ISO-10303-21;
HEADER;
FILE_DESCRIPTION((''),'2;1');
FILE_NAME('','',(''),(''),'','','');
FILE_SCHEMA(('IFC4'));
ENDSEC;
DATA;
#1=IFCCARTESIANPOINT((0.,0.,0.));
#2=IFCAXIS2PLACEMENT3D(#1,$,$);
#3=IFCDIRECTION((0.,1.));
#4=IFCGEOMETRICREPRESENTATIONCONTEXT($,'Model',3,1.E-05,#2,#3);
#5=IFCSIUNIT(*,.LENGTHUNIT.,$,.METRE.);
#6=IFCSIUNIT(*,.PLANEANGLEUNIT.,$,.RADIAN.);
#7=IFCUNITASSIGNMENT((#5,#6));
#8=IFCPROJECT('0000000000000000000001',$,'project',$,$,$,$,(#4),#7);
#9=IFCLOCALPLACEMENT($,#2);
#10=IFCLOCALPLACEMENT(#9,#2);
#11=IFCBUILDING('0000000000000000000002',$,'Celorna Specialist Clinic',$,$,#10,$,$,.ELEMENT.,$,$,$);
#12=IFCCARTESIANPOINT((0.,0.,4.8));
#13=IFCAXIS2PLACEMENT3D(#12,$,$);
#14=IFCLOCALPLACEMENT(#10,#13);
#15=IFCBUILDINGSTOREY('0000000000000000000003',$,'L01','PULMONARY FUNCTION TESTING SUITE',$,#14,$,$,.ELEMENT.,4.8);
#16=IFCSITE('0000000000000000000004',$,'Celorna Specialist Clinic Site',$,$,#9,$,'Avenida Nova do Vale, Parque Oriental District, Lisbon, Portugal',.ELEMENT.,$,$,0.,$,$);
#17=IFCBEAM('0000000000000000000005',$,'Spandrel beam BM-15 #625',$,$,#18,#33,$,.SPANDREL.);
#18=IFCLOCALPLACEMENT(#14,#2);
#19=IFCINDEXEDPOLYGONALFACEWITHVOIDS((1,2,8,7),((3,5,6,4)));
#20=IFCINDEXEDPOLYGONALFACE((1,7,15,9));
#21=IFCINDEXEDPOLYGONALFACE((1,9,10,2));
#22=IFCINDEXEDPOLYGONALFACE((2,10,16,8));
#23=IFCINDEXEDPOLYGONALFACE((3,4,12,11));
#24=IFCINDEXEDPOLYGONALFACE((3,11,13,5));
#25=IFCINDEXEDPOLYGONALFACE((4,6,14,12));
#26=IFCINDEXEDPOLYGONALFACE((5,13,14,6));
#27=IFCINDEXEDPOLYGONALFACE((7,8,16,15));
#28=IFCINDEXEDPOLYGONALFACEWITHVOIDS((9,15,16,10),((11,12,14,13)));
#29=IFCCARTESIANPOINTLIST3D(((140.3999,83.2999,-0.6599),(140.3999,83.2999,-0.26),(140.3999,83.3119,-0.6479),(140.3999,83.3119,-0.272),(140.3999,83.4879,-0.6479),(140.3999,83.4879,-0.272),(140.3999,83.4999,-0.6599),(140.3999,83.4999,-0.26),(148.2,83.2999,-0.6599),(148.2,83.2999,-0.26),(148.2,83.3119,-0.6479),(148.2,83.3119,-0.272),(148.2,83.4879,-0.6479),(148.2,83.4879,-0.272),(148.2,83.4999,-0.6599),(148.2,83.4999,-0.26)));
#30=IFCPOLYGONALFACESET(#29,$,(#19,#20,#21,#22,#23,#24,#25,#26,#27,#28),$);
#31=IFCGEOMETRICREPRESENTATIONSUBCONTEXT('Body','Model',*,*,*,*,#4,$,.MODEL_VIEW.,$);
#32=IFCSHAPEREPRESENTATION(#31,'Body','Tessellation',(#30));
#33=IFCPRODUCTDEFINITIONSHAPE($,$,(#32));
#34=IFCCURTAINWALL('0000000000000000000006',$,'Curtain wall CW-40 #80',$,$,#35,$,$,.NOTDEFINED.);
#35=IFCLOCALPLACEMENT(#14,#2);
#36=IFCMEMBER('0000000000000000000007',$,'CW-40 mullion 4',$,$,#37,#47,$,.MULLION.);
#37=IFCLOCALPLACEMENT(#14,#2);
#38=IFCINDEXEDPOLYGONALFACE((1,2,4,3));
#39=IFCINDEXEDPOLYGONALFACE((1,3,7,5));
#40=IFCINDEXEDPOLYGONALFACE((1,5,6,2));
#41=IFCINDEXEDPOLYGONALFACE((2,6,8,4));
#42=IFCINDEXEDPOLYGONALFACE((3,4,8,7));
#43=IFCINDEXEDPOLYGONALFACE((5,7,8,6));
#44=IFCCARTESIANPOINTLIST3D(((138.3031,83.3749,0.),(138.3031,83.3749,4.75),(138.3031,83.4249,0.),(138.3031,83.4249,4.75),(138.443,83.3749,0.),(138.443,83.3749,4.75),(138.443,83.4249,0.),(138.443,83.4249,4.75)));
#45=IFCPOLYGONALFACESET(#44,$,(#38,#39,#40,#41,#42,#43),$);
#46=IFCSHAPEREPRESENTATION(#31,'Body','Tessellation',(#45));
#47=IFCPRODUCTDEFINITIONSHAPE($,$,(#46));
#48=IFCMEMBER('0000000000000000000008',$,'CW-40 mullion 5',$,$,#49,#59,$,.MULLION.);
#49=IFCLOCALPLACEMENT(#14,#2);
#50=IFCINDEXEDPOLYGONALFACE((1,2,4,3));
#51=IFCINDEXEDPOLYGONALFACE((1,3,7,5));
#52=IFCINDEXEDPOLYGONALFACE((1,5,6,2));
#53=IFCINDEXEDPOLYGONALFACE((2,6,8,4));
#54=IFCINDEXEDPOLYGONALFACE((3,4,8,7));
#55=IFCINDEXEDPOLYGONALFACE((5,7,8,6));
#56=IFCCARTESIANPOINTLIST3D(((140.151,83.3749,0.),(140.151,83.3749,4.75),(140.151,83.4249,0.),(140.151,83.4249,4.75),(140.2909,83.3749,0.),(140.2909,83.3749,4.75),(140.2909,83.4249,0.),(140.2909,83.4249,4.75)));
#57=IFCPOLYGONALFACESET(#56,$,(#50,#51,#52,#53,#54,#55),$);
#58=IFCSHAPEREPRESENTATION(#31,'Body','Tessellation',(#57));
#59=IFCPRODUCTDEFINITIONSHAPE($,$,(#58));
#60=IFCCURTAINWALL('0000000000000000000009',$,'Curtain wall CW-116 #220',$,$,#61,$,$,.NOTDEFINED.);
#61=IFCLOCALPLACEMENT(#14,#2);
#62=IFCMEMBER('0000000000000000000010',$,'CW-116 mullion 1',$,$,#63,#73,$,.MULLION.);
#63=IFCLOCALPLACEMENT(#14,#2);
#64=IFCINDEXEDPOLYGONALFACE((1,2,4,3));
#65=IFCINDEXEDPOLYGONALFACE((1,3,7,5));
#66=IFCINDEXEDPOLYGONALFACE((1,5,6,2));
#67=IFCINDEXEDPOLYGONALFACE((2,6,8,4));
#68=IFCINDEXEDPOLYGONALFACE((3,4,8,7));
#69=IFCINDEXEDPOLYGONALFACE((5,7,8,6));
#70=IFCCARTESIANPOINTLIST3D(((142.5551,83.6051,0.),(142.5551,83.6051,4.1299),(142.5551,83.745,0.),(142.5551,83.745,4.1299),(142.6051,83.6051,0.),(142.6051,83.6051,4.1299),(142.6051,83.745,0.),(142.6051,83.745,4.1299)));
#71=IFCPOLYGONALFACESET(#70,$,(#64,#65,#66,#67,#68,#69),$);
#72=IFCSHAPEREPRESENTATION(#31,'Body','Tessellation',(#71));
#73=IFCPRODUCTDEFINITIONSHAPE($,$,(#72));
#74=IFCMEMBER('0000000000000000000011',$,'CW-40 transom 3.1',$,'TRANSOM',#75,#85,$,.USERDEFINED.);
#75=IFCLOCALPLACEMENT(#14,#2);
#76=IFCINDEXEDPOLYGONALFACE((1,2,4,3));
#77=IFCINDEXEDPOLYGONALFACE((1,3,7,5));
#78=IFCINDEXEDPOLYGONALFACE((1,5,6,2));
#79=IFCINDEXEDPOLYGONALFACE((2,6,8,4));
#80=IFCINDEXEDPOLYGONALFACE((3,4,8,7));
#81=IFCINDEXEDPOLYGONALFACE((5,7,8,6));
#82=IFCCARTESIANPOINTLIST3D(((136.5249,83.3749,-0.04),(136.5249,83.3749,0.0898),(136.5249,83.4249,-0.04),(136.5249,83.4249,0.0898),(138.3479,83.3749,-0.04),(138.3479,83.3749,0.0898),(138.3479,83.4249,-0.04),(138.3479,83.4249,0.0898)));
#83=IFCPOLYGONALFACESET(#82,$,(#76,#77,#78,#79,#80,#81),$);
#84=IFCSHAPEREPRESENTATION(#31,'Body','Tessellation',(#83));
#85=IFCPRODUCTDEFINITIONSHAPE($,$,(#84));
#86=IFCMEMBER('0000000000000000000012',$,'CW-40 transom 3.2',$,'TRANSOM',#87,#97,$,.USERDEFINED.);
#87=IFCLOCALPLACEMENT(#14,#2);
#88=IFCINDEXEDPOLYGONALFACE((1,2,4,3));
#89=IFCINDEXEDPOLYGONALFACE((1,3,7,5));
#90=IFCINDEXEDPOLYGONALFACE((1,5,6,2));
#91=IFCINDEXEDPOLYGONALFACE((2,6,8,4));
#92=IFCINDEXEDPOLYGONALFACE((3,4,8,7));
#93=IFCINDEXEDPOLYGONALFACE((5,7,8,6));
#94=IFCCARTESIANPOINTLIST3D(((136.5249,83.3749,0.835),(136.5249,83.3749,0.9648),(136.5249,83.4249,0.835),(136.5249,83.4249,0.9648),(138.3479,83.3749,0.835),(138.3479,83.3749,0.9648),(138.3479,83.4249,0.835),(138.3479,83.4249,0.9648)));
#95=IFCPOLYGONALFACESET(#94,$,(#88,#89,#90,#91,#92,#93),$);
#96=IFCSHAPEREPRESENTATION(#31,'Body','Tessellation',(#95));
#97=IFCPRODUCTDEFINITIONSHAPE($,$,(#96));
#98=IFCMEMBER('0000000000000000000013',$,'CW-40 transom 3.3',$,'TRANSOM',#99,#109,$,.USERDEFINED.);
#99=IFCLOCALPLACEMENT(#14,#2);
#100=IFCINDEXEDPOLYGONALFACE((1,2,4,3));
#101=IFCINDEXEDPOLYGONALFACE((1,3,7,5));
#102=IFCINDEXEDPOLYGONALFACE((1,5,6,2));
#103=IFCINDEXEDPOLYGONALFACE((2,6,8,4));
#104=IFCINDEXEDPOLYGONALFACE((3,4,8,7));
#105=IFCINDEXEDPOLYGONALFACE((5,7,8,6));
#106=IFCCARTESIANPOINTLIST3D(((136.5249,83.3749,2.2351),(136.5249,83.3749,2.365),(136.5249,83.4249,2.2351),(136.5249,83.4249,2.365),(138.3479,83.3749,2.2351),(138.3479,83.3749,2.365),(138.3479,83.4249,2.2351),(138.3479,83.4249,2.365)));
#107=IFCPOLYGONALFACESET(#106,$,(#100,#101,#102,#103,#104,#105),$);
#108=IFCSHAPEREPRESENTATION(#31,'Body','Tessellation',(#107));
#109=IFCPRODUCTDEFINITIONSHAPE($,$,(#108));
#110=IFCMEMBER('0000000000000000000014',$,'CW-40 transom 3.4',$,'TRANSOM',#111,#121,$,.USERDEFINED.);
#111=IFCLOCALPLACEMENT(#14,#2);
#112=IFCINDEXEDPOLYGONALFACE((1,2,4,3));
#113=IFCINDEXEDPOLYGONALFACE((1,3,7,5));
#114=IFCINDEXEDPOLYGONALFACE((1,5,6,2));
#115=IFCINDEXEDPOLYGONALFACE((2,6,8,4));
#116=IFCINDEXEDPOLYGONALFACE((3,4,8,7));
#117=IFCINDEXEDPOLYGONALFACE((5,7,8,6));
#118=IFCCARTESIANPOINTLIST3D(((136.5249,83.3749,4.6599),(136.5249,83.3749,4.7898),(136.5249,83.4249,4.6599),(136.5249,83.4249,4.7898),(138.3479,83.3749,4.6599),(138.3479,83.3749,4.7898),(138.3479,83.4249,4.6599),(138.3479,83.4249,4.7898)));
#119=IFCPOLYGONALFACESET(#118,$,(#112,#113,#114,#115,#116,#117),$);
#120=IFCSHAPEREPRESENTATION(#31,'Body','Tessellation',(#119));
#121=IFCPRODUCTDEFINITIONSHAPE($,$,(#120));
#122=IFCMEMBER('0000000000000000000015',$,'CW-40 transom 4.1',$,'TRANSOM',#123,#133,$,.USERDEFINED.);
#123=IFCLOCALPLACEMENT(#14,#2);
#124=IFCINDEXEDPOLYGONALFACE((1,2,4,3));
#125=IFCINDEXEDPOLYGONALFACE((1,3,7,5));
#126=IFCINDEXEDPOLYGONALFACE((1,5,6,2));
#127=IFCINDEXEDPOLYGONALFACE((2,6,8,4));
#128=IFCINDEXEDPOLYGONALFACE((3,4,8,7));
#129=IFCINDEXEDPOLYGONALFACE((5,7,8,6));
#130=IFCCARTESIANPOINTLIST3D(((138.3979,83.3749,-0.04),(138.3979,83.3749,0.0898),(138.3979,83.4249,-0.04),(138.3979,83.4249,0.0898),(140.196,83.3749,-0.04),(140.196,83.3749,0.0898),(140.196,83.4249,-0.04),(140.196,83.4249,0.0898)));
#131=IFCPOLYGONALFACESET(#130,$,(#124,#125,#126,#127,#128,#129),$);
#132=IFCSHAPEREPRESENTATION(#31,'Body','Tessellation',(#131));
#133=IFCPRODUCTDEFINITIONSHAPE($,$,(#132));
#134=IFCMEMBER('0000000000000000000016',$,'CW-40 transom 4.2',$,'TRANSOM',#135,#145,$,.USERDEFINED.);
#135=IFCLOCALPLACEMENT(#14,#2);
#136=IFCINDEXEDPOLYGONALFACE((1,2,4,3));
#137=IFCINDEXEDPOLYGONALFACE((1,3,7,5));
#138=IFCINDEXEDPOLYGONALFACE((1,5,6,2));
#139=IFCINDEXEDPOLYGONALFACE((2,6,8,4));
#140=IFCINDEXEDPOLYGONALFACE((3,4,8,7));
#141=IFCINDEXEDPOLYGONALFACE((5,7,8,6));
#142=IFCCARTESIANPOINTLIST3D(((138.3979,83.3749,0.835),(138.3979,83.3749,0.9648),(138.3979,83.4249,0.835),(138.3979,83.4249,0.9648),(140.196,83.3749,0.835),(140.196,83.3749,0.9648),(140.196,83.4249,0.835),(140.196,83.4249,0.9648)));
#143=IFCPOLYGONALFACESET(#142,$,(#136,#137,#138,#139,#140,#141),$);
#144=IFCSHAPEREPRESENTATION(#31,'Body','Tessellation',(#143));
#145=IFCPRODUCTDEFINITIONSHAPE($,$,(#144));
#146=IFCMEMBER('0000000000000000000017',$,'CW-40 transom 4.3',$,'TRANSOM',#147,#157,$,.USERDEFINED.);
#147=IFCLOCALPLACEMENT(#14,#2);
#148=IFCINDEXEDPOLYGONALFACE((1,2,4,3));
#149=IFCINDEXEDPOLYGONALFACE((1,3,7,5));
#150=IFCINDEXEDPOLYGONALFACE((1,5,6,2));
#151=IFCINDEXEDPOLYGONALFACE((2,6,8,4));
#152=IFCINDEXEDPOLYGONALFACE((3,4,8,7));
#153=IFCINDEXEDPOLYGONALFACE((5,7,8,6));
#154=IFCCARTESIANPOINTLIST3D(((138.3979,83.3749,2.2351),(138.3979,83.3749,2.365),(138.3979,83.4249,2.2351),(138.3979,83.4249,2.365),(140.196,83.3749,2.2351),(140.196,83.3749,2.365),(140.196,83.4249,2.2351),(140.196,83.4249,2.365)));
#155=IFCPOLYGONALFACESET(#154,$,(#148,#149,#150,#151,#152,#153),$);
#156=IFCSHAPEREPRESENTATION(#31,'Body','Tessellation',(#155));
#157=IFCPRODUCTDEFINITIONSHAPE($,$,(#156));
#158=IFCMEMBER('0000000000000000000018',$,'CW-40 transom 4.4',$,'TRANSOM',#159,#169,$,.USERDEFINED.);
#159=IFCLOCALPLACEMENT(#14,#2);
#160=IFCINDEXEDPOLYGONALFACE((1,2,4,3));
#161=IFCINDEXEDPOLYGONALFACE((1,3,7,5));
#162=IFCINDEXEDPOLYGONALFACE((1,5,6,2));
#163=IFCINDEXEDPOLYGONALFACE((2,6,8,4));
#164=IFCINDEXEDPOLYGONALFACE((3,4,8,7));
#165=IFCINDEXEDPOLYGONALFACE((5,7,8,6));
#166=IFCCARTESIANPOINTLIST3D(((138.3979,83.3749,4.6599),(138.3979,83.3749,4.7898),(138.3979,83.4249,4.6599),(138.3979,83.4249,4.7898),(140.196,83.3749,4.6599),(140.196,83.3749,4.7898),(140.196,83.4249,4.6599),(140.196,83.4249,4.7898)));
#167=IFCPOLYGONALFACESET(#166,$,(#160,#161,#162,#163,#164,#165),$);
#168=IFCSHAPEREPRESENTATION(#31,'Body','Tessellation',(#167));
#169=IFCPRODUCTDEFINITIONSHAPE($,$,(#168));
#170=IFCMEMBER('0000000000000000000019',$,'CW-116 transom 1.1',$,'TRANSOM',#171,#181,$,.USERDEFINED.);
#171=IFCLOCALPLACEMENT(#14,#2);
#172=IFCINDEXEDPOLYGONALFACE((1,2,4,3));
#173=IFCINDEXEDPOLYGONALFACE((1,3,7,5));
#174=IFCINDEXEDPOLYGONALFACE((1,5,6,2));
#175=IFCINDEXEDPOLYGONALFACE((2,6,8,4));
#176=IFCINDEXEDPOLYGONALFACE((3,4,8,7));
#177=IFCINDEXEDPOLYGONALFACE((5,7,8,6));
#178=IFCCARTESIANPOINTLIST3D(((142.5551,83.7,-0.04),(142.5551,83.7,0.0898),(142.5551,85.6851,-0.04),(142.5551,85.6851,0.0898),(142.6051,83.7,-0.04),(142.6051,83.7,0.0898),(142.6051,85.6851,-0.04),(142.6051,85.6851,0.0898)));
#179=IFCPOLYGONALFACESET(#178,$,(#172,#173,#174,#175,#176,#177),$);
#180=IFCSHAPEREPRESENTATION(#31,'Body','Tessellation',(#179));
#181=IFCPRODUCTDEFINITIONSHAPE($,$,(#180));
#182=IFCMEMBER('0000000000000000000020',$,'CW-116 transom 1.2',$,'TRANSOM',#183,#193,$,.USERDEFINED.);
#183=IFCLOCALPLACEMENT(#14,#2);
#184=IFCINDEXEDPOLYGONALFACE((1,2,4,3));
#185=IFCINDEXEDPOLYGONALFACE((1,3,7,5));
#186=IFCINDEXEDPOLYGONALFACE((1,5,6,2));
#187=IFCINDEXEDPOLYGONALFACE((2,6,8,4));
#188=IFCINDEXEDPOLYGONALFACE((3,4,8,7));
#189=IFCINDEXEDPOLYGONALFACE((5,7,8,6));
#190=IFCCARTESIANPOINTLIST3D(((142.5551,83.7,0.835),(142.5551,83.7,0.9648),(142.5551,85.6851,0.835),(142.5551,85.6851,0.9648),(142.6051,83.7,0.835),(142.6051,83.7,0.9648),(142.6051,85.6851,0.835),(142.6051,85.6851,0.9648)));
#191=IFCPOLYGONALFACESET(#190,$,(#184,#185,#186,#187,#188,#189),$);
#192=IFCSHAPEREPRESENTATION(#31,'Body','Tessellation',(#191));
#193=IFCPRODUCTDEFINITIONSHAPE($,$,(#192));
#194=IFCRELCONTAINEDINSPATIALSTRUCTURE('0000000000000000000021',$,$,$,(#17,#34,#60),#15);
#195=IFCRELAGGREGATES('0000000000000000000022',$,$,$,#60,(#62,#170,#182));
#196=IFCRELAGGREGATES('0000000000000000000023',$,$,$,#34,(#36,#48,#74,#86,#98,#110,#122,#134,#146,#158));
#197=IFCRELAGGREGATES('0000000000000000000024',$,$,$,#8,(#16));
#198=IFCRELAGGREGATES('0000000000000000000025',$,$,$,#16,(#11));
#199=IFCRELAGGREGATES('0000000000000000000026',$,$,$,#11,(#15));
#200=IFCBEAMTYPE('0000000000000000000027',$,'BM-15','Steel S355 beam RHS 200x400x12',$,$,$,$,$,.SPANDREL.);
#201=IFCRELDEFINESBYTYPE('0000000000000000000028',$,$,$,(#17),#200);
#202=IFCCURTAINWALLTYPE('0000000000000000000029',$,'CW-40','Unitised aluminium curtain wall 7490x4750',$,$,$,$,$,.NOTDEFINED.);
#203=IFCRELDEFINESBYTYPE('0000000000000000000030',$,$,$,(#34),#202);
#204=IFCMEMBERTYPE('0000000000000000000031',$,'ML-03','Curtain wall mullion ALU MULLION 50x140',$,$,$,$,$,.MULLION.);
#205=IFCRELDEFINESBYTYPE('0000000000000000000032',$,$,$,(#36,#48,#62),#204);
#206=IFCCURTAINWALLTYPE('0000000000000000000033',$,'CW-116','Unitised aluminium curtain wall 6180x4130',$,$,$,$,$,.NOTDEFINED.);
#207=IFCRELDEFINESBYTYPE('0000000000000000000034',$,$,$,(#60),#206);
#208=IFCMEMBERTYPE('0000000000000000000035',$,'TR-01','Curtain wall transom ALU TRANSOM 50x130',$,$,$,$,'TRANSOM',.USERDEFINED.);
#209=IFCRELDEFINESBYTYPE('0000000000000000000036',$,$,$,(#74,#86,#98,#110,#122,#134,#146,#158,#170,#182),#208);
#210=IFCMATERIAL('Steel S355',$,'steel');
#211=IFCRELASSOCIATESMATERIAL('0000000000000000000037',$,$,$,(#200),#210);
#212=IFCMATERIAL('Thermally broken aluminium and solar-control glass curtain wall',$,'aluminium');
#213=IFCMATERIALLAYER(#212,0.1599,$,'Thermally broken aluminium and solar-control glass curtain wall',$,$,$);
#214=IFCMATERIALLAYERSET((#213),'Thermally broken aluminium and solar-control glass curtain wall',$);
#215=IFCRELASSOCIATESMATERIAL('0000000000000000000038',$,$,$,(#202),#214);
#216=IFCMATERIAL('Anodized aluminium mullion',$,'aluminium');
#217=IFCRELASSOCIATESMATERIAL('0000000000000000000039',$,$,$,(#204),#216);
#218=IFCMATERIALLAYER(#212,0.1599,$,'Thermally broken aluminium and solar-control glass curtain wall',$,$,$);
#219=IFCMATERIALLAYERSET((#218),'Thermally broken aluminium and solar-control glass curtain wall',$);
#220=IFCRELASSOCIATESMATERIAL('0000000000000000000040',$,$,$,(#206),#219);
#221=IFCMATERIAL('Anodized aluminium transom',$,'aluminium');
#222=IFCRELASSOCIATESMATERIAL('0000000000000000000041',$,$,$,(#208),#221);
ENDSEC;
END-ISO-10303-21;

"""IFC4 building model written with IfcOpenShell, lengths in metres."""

from ifc_helpers import new_model, si_unit, direction, frame, origin, origin_2d, place, context, subcontext, project, spatial, rectangle, hollow_rectangle, extrude, material, layer, layer_set, material_profile, profile_set, type_object, element, aggregate, save


model = new_model("IFC4")

# Units and contexts
model_context = context("Model", 3, precision=1e-05, world=origin(), true_north=direction((0.0, 1.0)))
body_context = subcontext(model_context, "Body", "Model", "MODEL_VIEW")
ifc_project = project(units=[si_unit("LENGTHUNIT", "METRE"), si_unit("PLANEANGLEUNIT", "RADIAN")], contexts=[model_context])

# Site, building, storey
site_placement = place(None, origin())
site = spatial("IfcSite", under=ifc_project, at=site_placement, Name="Celorna Specialist Clinic Site", LongName="Avenida Nova do Vale, Parque Oriental District, Lisbon, Portugal", CompositionType="ELEMENT", RefElevation=0.0)
building_placement = place(site_placement, origin())
building = spatial("IfcBuilding", under=site, at=building_placement, Name="Celorna Specialist Clinic", CompositionType="ELEMENT")
storey_placement = place(building_placement, frame((0.0, 0.0, 4.8)))
storey = spatial("IfcBuildingStorey", under=building, at=storey_placement, Name="L01", Description="PULMONARY FUNCTION TESTING SUITE", CompositionType="ELEMENT", Elevation=4.8)

# Shared definitions
ifc_material_1 = material(Name="Steel S355", Category="steel")

# Beam
ifc_material_profile_1 = material_profile(ifc_material_1, hollow_rectangle(XDim=0.2, YDim=0.3999, WallThickness=0.012, at=origin_2d()), Name="RHS 200x400x12")
ifc_profile_set_1 = profile_set([ifc_material_profile_1], Name="Steel S355")
beam_type_1 = type_object("IfcBeamType", Name="BM-15", Description="Steel S355 beam RHS 200x400x12", PredefinedType="SPANDREL", material=ifc_profile_set_1)
beam_1_placement = place(storey_placement, frame((140.3999, 83.3999, -0.46), z_axis=(1.0, 0.0, 0.0), x_axis=(0.0, 1.0, 0.0)))
element("IfcBeam", 1, at=beam_1_placement, inside=storey, type_object=beam_type_1, Name="Spandrel beam BM-15 #625", PredefinedType="SPANDREL", context=body_context, shape_type="SweptSolid", body=[
    extrude(hollow_rectangle(XDim=0.2, YDim=0.3999, WallThickness=0.012, at=origin_2d()), origin(), (0.0, 0.0, 1.0), 7.8),
])

# Curtain wall, members
ifc_material_2 = material(Name="Thermally broken aluminium and solar-control glass curtain wall", Category="aluminium")
ifc_layer_1 = layer(ifc_material_2, 0.1599, Name="Thermally broken aluminium and solar-control glass curtain wall")
ifc_layer_set_1 = layer_set([ifc_layer_1], Name="Thermally broken aluminium and solar-control glass curtain wall")
curtain_wall_type_1 = type_object("IfcCurtainWallType", Name="CW-40", Description="Unitised aluminium curtain wall 7490x4750", PredefinedType="NOTDEFINED", material=ifc_layer_set_1)
curtain_wall_1_placement = place(storey_placement, origin())
curtain_wall_1 = element("IfcCurtainWall", 2, at=curtain_wall_1_placement, inside=storey, type_object=curtain_wall_type_1, Name="Curtain wall CW-40 #80", PredefinedType="NOTDEFINED")
ifc_material_3 = material(Name="Anodized aluminium mullion", Category="aluminium")
ifc_material_profile_2 = material_profile(ifc_material_3, rectangle(XDim=0.05, YDim=0.1399, at=origin_2d()), Name="ALU MULLION 50x140")
ifc_profile_set_2 = profile_set([ifc_material_profile_2], Name="Anodized aluminium mullion")
member_type_1 = type_object("IfcMemberType", Name="ML-03", Description="Curtain wall mullion ALU MULLION 50x140", PredefinedType="MULLION", material=ifc_profile_set_2)
member_1_placement = place(storey_placement, frame((138.373, 83.3999, 0.0), z_axis=(0.0, 0.0, 1.0), x_axis=(0.0, 1.0, 0.0)))
member_1 = element("IfcMember", 3, at=member_1_placement, type_object=member_type_1, Name="CW-40 mullion 4", PredefinedType="MULLION", context=body_context, shape_type="SweptSolid", body=[
    extrude(rectangle(XDim=0.05, YDim=0.1399, at=origin_2d()), origin(), (0.0, 0.0, 1.0), 4.75),
])
member_2_placement = place(storey_placement, frame((140.2209, 83.3999, 0.0), z_axis=(0.0, 0.0, 1.0), x_axis=(0.0, 1.0, 0.0)))
member_2 = element("IfcMember", 4, at=member_2_placement, type_object=member_type_1, Name="CW-40 mullion 5", PredefinedType="MULLION", context=body_context, shape_type="SweptSolid", body=[
    extrude(rectangle(XDim=0.05, YDim=0.1399, at=origin_2d()), origin(), (0.0, 0.0, 1.0), 4.75),
])

# Curtain wall, member
ifc_layer_2 = layer(ifc_material_2, 0.1599, Name="Thermally broken aluminium and solar-control glass curtain wall")
ifc_layer_set_2 = layer_set([ifc_layer_2], Name="Thermally broken aluminium and solar-control glass curtain wall")
curtain_wall_type_2 = type_object("IfcCurtainWallType", Name="CW-116", Description="Unitised aluminium curtain wall 6180x4130", PredefinedType="NOTDEFINED", material=ifc_layer_set_2)
curtain_wall_2_placement = place(storey_placement, origin())
curtain_wall_2 = element("IfcCurtainWall", 5, at=curtain_wall_2_placement, inside=storey, type_object=curtain_wall_type_2, Name="Curtain wall CW-116 #220", PredefinedType="NOTDEFINED")
member_3_placement = place(storey_placement, frame((142.5801, 83.675, 0.0), z_axis=(0.0, 0.0, 1.0), x_axis=(-1.0, 0.0, 0.0)))
member_3 = element("IfcMember", 6, at=member_3_placement, type_object=member_type_1, Name="CW-116 mullion 1", PredefinedType="MULLION", context=body_context, shape_type="SweptSolid", body=[
    extrude(rectangle(XDim=0.05, YDim=0.1399, at=origin_2d()), origin(), (0.0, 0.0, 1.0), 4.1299),
])

# Members
ifc_material_4 = material(Name="Anodized aluminium transom", Category="aluminium")
ifc_material_profile_3 = material_profile(ifc_material_4, rectangle(XDim=0.05, YDim=0.1299, at=origin_2d()), Name="ALU TRANSOM 50x130")
ifc_profile_set_3 = profile_set([ifc_material_profile_3], Name="Anodized aluminium transom")
member_type_2 = type_object("IfcMemberType", Name="TR-01", Description="Curtain wall transom ALU TRANSOM 50x130", ElementType="TRANSOM", PredefinedType="USERDEFINED", material=ifc_profile_set_3)
member_4_placement = place(storey_placement, frame((136.5249, 83.3999, 0.0249), z_axis=(1.0, 0.0, 0.0), x_axis=(0.0, 1.0, 0.0)))
member_4 = element("IfcMember", 7, at=member_4_placement, type_object=member_type_2, Name="CW-40 transom 3.1", ObjectType="TRANSOM", PredefinedType="USERDEFINED", context=body_context, shape_type="SweptSolid", body=[
    extrude(rectangle(XDim=0.05, YDim=0.1299, at=origin_2d()), origin(), (0.0, 0.0, 1.0), 1.823),
])
member_5_placement = place(storey_placement, frame((136.5249, 83.3999, 0.8999), z_axis=(1.0, 0.0, 0.0), x_axis=(0.0, 1.0, 0.0)))
member_5 = element("IfcMember", 8, at=member_5_placement, type_object=member_type_2, Name="CW-40 transom 3.2", ObjectType="TRANSOM", PredefinedType="USERDEFINED", context=body_context, shape_type="SweptSolid", body=[
    extrude(rectangle(XDim=0.05, YDim=0.1299, at=origin_2d()), origin(), (0.0, 0.0, 1.0), 1.823),
])
member_6_placement = place(storey_placement, frame((136.5249, 83.3999, 2.3), z_axis=(1.0, 0.0, 0.0), x_axis=(0.0, 1.0, 0.0)))
member_6 = element("IfcMember", 9, at=member_6_placement, type_object=member_type_2, Name="CW-40 transom 3.3", ObjectType="TRANSOM", PredefinedType="USERDEFINED", context=body_context, shape_type="SweptSolid", body=[
    extrude(rectangle(XDim=0.05, YDim=0.1299, at=origin_2d()), origin(), (0.0, 0.0, 1.0), 1.823),
])
member_7_placement = place(storey_placement, frame((136.5249, 83.3999, 4.7249), z_axis=(1.0, 0.0, 0.0), x_axis=(0.0, 1.0, 0.0)))
member_7 = element("IfcMember", 10, at=member_7_placement, type_object=member_type_2, Name="CW-40 transom 3.4", ObjectType="TRANSOM", PredefinedType="USERDEFINED", context=body_context, shape_type="SweptSolid", body=[
    extrude(rectangle(XDim=0.05, YDim=0.1299, at=origin_2d()), origin(), (0.0, 0.0, 1.0), 1.823),
])
member_8_placement = place(storey_placement, frame((138.3979, 83.3999, 0.0249), z_axis=(1.0, 0.0, 0.0), x_axis=(0.0, 1.0, 0.0)))
member_8 = element("IfcMember", 11, at=member_8_placement, type_object=member_type_2, Name="CW-40 transom 4.1", ObjectType="TRANSOM", PredefinedType="USERDEFINED", context=body_context, shape_type="SweptSolid", body=[
    extrude(rectangle(XDim=0.05, YDim=0.1299, at=origin_2d()), origin(), (0.0, 0.0, 1.0), 1.7981),
])
member_9_placement = place(storey_placement, frame((138.3979, 83.3999, 0.8999), z_axis=(1.0, 0.0, 0.0), x_axis=(0.0, 1.0, 0.0)))
member_9 = element("IfcMember", 12, at=member_9_placement, type_object=member_type_2, Name="CW-40 transom 4.2", ObjectType="TRANSOM", PredefinedType="USERDEFINED", context=body_context, shape_type="SweptSolid", body=[
    extrude(rectangle(XDim=0.05, YDim=0.1299, at=origin_2d()), origin(), (0.0, 0.0, 1.0), 1.7981),
])
member_10_placement = place(storey_placement, frame((138.3979, 83.3999, 2.3), z_axis=(1.0, 0.0, 0.0), x_axis=(0.0, 1.0, 0.0)))
member_10 = element("IfcMember", 13, at=member_10_placement, type_object=member_type_2, Name="CW-40 transom 4.3", ObjectType="TRANSOM", PredefinedType="USERDEFINED", context=body_context, shape_type="SweptSolid", body=[
    extrude(rectangle(XDim=0.05, YDim=0.1299, at=origin_2d()), origin(), (0.0, 0.0, 1.0), 1.7981),
])
member_11_placement = place(storey_placement, frame((138.3979, 83.3999, 4.7249), z_axis=(1.0, 0.0, 0.0), x_axis=(0.0, 1.0, 0.0)))
member_11 = element("IfcMember", 14, at=member_11_placement, type_object=member_type_2, Name="CW-40 transom 4.4", ObjectType="TRANSOM", PredefinedType="USERDEFINED", context=body_context, shape_type="SweptSolid", body=[
    extrude(rectangle(XDim=0.05, YDim=0.1299, at=origin_2d()), origin(), (0.0, 0.0, 1.0), 1.7981),
])
member_12_placement = place(storey_placement, frame((142.5801, 83.7, 0.0249), z_axis=(0.0, 1.0, 0.0), x_axis=(-1.0, 0.0, 0.0)))
member_12 = element("IfcMember", 15, at=member_12_placement, type_object=member_type_2, Name="CW-116 transom 1.1", ObjectType="TRANSOM", PredefinedType="USERDEFINED", context=body_context, shape_type="SweptSolid", body=[
    extrude(rectangle(XDim=0.05, YDim=0.1299, at=origin_2d()), origin(), (0.0, 0.0, 1.0), 1.9851),
])
member_13_placement = place(storey_placement, frame((142.5801, 83.7, 0.8999), z_axis=(0.0, 1.0, 0.0), x_axis=(-1.0, 0.0, 0.0)))
member_13 = element("IfcMember", 16, at=member_13_placement, type_object=member_type_2, Name="CW-116 transom 1.2", ObjectType="TRANSOM", PredefinedType="USERDEFINED", context=body_context, shape_type="SweptSolid", body=[
    extrude(rectangle(XDim=0.05, YDim=0.1299, at=origin_2d()), origin(), (0.0, 0.0, 1.0), 1.9851),
])

aggregate(curtain_wall_2, [member_3, member_12, member_13])
aggregate(curtain_wall_1, [member_1, member_2, member_4, member_5, member_6, member_7, member_8, member_9, member_10, member_11])

save(model, "model.ifc")
